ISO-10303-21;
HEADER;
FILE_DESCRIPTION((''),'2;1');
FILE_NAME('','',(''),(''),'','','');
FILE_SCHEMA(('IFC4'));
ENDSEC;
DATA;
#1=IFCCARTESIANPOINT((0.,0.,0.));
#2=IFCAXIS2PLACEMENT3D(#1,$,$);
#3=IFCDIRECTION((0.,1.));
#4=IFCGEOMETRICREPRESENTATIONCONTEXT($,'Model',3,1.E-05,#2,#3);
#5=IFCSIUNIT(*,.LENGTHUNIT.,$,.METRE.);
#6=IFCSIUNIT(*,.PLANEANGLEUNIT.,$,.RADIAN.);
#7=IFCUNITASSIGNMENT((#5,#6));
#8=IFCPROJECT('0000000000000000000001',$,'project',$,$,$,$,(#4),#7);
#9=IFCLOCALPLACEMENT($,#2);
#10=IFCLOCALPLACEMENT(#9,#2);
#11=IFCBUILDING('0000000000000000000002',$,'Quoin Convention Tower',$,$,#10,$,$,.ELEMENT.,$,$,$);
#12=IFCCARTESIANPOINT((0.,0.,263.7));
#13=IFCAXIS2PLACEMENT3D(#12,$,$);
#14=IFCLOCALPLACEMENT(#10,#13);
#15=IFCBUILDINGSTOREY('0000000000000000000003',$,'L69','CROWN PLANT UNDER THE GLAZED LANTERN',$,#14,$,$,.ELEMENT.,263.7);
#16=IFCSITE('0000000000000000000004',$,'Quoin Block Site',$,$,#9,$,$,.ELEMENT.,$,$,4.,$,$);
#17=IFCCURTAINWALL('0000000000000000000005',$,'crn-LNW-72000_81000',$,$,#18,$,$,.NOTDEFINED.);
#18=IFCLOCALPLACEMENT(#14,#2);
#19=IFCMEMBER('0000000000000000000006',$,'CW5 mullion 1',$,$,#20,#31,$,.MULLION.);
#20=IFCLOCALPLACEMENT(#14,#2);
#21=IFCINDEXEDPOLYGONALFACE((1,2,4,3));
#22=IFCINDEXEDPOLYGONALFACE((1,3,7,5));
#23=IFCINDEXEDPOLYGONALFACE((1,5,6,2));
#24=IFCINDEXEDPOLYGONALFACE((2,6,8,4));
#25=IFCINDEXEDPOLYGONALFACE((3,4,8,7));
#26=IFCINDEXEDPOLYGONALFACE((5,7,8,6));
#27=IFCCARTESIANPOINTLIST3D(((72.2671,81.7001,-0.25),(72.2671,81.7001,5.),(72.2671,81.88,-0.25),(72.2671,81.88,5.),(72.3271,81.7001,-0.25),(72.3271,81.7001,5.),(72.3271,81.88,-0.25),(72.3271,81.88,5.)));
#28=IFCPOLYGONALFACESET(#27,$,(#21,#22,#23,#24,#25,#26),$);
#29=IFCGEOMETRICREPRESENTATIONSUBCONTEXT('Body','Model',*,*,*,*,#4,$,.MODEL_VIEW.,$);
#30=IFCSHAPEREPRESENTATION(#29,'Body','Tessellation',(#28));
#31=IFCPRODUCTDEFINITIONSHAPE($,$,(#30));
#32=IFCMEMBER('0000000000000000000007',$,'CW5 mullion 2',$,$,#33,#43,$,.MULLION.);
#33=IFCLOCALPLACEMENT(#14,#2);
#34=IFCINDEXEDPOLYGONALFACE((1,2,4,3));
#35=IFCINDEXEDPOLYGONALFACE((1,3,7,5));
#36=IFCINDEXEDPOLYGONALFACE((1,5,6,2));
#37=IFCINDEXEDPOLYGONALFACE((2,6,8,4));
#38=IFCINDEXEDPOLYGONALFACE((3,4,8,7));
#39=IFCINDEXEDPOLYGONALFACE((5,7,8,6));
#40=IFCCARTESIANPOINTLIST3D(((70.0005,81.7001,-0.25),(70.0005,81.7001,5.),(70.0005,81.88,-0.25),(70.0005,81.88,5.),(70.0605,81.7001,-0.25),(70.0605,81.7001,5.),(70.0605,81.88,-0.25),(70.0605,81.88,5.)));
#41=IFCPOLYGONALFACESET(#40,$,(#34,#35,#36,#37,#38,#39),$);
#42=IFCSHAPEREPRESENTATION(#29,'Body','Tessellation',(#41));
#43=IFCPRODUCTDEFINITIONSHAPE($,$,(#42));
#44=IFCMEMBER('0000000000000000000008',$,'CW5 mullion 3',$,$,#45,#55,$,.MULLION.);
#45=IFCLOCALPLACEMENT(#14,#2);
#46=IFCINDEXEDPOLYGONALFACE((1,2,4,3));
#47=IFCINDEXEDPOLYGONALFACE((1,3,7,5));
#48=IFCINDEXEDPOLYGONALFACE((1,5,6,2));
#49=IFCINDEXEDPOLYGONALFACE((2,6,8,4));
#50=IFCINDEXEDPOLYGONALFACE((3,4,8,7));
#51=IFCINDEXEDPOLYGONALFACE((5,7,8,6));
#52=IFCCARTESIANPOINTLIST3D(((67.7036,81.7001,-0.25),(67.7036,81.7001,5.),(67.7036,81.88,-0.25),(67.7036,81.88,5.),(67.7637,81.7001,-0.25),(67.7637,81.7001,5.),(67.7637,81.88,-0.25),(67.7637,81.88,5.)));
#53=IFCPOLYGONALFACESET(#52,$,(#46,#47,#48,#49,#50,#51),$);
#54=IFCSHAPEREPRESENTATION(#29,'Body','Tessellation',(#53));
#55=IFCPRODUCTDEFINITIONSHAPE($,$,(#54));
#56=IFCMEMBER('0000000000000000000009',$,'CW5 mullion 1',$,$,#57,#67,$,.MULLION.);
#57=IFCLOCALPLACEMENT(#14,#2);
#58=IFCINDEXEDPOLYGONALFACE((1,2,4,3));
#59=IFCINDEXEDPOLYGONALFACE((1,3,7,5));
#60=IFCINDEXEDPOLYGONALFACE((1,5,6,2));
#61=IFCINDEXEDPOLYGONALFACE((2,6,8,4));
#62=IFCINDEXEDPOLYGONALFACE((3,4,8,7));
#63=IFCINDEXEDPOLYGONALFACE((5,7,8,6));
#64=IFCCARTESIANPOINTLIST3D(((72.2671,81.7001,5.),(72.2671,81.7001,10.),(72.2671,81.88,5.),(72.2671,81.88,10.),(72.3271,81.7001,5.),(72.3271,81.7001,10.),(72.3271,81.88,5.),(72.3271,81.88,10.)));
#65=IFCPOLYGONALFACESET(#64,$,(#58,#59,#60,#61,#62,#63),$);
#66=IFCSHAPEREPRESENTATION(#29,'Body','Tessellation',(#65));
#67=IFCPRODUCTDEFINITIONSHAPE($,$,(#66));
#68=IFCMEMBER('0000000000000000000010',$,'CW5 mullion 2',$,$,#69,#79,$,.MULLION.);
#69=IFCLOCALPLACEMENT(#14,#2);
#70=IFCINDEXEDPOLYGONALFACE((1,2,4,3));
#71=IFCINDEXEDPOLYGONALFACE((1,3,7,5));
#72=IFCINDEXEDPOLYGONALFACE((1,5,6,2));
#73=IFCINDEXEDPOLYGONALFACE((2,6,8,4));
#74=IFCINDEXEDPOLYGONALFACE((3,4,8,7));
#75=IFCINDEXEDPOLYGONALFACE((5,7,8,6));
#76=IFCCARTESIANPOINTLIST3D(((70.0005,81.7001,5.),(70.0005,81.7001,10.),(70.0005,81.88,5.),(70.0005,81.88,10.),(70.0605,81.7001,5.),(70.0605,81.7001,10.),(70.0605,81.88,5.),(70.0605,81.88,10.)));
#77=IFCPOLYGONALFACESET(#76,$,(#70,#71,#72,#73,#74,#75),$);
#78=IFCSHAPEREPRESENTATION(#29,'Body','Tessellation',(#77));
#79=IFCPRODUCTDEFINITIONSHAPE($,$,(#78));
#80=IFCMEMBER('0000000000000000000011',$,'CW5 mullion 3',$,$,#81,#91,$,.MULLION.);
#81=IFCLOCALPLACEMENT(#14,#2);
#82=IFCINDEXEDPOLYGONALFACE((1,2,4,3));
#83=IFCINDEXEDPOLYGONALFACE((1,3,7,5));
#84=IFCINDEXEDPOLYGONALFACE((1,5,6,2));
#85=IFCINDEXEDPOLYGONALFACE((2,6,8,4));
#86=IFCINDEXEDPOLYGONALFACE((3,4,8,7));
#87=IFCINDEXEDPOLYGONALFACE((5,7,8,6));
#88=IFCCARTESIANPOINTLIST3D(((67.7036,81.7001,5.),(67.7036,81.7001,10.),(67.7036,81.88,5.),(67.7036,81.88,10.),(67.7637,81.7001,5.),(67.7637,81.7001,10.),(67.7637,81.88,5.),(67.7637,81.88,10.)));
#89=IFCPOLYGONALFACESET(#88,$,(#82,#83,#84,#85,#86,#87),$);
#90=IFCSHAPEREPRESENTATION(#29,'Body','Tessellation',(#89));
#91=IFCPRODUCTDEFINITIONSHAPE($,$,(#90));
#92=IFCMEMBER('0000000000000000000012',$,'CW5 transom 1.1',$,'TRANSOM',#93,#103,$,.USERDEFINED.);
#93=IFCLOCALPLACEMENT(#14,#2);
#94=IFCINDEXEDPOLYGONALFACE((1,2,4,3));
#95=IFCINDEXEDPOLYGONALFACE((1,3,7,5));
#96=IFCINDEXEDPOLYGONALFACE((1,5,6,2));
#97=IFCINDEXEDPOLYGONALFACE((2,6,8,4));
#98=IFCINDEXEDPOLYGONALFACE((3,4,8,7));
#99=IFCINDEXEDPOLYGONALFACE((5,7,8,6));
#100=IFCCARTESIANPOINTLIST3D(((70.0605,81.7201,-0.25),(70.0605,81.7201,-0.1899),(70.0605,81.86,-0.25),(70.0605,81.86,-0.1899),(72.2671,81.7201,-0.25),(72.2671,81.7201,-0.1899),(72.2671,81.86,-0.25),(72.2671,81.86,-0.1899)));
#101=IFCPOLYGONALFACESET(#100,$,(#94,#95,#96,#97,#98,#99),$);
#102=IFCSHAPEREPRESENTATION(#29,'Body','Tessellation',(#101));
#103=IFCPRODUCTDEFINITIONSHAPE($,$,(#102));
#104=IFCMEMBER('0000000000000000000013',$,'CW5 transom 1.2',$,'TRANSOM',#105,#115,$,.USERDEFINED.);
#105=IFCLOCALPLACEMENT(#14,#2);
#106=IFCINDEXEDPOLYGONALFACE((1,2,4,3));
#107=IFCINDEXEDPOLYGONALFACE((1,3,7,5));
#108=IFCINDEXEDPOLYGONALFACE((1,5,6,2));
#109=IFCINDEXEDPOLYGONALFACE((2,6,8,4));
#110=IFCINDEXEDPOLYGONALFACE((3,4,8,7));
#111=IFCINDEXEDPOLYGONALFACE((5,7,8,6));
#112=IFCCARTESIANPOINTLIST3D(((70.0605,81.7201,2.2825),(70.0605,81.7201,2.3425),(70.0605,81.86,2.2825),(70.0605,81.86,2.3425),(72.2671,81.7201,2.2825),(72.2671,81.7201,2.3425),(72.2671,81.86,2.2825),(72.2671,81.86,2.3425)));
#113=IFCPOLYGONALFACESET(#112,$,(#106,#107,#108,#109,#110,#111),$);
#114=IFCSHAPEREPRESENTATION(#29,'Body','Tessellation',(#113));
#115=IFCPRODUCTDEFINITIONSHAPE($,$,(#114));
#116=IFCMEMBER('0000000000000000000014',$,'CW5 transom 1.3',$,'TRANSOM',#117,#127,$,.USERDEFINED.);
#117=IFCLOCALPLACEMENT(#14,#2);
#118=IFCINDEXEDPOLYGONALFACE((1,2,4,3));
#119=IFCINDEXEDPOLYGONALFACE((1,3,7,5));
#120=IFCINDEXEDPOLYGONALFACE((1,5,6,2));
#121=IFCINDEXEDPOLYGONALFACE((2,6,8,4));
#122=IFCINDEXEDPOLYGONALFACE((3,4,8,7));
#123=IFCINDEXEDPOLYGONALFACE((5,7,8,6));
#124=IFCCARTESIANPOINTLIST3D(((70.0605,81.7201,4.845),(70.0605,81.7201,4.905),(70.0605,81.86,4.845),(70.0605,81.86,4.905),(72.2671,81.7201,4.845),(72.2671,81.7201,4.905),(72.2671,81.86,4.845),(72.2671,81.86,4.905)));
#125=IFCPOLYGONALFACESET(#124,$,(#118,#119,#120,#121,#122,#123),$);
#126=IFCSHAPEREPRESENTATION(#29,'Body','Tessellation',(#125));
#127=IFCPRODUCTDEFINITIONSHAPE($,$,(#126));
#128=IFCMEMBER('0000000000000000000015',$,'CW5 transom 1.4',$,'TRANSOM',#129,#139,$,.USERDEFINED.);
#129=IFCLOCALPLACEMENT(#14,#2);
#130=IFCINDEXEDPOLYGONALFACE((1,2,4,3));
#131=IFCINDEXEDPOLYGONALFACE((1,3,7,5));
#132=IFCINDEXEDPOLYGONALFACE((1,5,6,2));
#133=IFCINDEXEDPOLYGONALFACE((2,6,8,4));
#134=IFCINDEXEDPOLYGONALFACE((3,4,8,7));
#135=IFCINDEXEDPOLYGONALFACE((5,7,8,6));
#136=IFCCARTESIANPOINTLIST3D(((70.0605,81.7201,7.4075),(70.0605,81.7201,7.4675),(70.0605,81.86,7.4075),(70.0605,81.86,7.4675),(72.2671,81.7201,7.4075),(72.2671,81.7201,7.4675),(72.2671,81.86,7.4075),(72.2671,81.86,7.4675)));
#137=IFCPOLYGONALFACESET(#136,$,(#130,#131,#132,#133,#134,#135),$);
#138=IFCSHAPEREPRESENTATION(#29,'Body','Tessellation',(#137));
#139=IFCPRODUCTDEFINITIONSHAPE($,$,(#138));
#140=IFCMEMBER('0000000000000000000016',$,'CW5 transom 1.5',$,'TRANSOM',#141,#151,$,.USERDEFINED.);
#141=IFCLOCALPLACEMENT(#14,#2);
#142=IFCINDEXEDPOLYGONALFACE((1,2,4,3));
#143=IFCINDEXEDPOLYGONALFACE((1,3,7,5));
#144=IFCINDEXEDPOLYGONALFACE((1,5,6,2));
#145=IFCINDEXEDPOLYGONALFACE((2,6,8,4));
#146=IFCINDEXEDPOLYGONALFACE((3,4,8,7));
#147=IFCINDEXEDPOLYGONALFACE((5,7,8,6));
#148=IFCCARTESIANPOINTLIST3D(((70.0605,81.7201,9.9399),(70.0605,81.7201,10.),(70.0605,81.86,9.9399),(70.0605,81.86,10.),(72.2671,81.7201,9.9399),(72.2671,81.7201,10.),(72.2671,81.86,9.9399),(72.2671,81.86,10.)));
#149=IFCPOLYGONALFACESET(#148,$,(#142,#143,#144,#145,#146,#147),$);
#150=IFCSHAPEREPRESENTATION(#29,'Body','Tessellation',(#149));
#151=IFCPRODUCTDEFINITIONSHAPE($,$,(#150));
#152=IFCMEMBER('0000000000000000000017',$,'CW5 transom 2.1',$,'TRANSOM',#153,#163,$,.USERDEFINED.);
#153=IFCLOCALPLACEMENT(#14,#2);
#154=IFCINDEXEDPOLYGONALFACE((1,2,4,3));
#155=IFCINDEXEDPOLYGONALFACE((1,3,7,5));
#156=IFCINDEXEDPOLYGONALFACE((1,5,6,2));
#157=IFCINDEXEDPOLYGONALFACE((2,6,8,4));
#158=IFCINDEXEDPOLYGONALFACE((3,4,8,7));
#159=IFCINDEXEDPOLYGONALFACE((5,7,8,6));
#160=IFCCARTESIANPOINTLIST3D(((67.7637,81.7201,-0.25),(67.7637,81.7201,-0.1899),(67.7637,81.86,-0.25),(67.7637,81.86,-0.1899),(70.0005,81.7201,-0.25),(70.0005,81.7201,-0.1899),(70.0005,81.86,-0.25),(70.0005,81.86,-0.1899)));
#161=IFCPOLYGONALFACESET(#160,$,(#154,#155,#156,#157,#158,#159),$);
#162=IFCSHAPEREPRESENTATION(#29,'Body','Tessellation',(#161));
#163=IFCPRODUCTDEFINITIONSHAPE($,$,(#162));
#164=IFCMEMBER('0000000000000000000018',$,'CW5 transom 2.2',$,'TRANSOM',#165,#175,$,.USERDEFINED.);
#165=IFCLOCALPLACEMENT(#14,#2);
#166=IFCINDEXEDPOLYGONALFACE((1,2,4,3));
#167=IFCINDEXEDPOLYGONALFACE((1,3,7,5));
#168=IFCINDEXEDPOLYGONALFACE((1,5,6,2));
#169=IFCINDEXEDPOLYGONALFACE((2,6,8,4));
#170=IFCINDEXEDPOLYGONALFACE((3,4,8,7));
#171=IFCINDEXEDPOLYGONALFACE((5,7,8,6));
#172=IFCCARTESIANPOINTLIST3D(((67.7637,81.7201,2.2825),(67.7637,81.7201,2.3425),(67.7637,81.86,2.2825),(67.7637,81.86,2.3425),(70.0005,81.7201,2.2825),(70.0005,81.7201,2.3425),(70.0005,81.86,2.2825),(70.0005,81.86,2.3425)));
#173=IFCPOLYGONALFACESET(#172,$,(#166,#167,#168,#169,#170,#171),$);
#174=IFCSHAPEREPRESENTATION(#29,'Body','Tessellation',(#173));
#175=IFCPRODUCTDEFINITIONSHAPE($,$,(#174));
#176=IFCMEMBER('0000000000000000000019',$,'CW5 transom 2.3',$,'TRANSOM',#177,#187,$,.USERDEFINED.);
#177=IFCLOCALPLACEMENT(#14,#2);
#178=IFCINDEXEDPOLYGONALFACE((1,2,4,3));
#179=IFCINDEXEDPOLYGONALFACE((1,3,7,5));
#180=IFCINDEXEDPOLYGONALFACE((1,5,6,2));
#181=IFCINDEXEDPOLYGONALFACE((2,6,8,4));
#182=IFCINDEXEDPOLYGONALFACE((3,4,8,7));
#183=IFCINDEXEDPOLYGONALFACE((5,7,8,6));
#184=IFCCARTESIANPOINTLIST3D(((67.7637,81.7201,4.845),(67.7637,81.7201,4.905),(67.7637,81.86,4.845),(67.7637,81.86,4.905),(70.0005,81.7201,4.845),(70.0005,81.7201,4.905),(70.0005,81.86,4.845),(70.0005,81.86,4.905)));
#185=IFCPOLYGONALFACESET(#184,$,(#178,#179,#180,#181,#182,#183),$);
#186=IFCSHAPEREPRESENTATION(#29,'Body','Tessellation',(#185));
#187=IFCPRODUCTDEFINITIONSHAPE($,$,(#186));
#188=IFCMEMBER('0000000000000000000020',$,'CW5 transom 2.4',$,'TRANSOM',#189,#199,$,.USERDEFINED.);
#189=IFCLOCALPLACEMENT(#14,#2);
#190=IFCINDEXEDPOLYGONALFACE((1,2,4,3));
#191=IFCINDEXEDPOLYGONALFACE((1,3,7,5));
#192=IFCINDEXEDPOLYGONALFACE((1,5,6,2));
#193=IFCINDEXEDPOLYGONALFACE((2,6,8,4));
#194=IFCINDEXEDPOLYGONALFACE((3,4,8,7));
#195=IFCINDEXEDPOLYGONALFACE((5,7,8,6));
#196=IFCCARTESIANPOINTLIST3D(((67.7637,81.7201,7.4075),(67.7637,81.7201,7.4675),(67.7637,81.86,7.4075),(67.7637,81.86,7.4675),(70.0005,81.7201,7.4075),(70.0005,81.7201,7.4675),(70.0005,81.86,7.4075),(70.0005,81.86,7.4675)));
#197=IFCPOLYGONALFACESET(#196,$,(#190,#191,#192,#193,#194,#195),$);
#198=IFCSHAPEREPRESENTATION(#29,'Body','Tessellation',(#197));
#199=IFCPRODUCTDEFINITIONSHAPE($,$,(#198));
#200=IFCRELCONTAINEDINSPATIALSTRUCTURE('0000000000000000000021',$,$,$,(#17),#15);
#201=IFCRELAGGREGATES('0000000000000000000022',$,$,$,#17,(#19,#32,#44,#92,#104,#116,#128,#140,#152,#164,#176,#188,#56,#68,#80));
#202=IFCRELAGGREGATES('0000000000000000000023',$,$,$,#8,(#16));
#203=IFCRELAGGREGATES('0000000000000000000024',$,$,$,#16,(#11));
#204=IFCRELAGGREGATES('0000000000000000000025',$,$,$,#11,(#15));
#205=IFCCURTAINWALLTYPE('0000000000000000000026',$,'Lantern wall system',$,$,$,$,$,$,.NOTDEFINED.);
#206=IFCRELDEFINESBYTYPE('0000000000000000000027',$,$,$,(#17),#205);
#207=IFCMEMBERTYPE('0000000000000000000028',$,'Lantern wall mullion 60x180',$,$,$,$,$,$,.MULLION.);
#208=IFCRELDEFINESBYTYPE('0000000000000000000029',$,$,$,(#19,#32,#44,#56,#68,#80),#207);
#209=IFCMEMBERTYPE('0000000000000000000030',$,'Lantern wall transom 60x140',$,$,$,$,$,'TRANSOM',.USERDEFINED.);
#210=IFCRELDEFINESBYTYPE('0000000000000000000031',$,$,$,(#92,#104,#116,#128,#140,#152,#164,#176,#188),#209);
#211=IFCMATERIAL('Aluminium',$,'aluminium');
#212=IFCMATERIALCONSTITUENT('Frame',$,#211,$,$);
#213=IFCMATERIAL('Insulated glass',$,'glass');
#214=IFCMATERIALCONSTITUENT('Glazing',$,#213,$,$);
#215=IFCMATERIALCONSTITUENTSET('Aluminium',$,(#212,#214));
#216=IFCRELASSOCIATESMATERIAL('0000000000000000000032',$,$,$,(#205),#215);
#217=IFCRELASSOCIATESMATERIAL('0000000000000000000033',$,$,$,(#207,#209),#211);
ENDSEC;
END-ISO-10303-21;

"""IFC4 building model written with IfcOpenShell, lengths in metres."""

from ifc_helpers import new_model, si_unit, direction, frame, origin, origin_2d, place, context, subcontext, project, spatial, rectangle, extrude, material, constituent, constituent_set, material_profile, profile_set, type_object, element, aggregate, save


model = new_model("IFC4")

# Units and contexts
model_context = context("Model", 3, precision=1e-05, world=origin(), true_north=direction((0.0, 1.0)))
body_context = subcontext(model_context, "Body", "Model", "MODEL_VIEW")
ifc_project = project(units=[si_unit("LENGTHUNIT", "METRE"), si_unit("PLANEANGLEUNIT", "RADIAN")], contexts=[model_context])

# Site, building, storey
site_placement = place(None, origin())
site = spatial("IfcSite", under=ifc_project, at=site_placement, Name="Quoin Block Site", CompositionType="ELEMENT", RefElevation=4.0)
building_placement = place(site_placement, origin())
building = spatial("IfcBuilding", under=site, at=building_placement, Name="Quoin Convention Tower", CompositionType="ELEMENT")
storey_placement = place(building_placement, frame((0.0, 0.0, 263.7)))
storey = spatial("IfcBuildingStorey", under=building, at=storey_placement, Name="L69", Description="CROWN PLANT UNDER THE GLAZED LANTERN", CompositionType="ELEMENT", Elevation=263.7)

# Curtain wall, members
ifc_material_1 = material(Name="Aluminium", Category="aluminium")
ifc_constituent_1 = constituent(ifc_material_1, Name="Frame")
ifc_material_2 = material(Name="Insulated glass", Category="glass")
ifc_constituent_2 = constituent(ifc_material_2, Name="Glazing")
ifc_constituent_set = constituent_set(constituents=[ifc_constituent_1, ifc_constituent_2], Name="Aluminium")
curtain_wall_type = type_object("IfcCurtainWallType", Name="Lantern wall system", PredefinedType="NOTDEFINED", material=ifc_constituent_set)
curtain_wall_placement = place(storey_placement, origin())
curtain_wall = element("IfcCurtainWall", 1, at=curtain_wall_placement, inside=storey, type_object=curtain_wall_type, Name="crn-LNW-72000_81000", PredefinedType="NOTDEFINED")
ifc_material_profile_1 = material_profile(ifc_material_1, rectangle(XDim=0.1799, YDim=0.0601, at=origin_2d()), Name="Lantern wall mullion 60x180")
ifc_profile_set_1 = profile_set([ifc_material_profile_1], Name="Aluminium")
member_type_1 = type_object("IfcMemberType", Name="Lantern wall mullion 60x180", PredefinedType="MULLION", material=ifc_profile_set_1)
member_1_placement = place(storey_placement, frame((72.2971, 81.79, -0.25), z_axis=(0.0, 0.0, 1.0), x_axis=(0.0, -1.0, 0.0)))
member_1 = element("IfcMember", 2, at=member_1_placement, type_object=member_type_1, Name="CW5 mullion 1", PredefinedType="MULLION", context=body_context, shape_type="SweptSolid", body=[
    extrude(rectangle(XDim=0.1799, YDim=0.0601, at=origin_2d()), origin(), (0.0, 0.0, 1.0), 5.25),
])
member_2_placement = place(storey_placement, frame((70.0305, 81.79, -0.25), z_axis=(0.0, 0.0, 1.0), x_axis=(0.0, -1.0, 0.0)))
member_2 = element("IfcMember", 3, at=member_2_placement, type_object=member_type_1, Name="CW5 mullion 2", PredefinedType="MULLION", context=body_context, shape_type="SweptSolid", body=[
    extrude(rectangle(XDim=0.1799, YDim=0.0601, at=origin_2d()), origin(), (0.0, 0.0, 1.0), 5.25),
])
member_3_placement = place(storey_placement, frame((67.7336, 81.79, -0.25), z_axis=(0.0, 0.0, 1.0), x_axis=(0.0, -1.0, 0.0)))
member_3 = element("IfcMember", 4, at=member_3_placement, type_object=member_type_1, Name="CW5 mullion 3", PredefinedType="MULLION", context=body_context, shape_type="SweptSolid", body=[
    extrude(rectangle(XDim=0.1799, YDim=0.0601, at=origin_2d()), origin(), (0.0, 0.0, 1.0), 5.25),
])
member_4_placement = place(storey_placement, frame((72.2971, 81.79, 5.0), z_axis=(0.0, 0.0, 1.0), x_axis=(0.0, -1.0, 0.0)))
member_4 = element("IfcMember", 5, at=member_4_placement, type_object=member_type_1, Name="CW5 mullion 1", PredefinedType="MULLION", context=body_context, shape_type="SweptSolid", body=[
    extrude(rectangle(XDim=0.1799, YDim=0.0601, at=origin_2d()), origin(), (0.0, 0.0, 1.0), 5.0),
])
member_5_placement = place(storey_placement, frame((70.0305, 81.79, 5.0), z_axis=(0.0, 0.0, 1.0), x_axis=(0.0, -1.0, 0.0)))
member_5 = element("IfcMember", 6, at=member_5_placement, type_object=member_type_1, Name="CW5 mullion 2", PredefinedType="MULLION", context=body_context, shape_type="SweptSolid", body=[
    extrude(rectangle(XDim=0.1799, YDim=0.0601, at=origin_2d()), origin(), (0.0, 0.0, 1.0), 5.0),
])
member_6_placement = place(storey_placement, frame((67.7336, 81.79, 5.0), z_axis=(0.0, 0.0, 1.0), x_axis=(0.0, -1.0, 0.0)))
member_6 = element("IfcMember", 7, at=member_6_placement, type_object=member_type_1, Name="CW5 mullion 3", PredefinedType="MULLION", context=body_context, shape_type="SweptSolid", body=[
    extrude(rectangle(XDim=0.1799, YDim=0.0601, at=origin_2d()), origin(), (0.0, 0.0, 1.0), 5.0),
])
ifc_material_profile_2 = material_profile(ifc_material_1, rectangle(XDim=0.1399, YDim=0.0601, at=origin_2d()), Name="Lantern wall transom 60x140")
ifc_profile_set_2 = profile_set([ifc_material_profile_2], Name="Aluminium")
member_type_2 = type_object("IfcMemberType", Name="Lantern wall transom 60x140", ElementType="TRANSOM", PredefinedType="USERDEFINED", material=ifc_profile_set_2)
member_7_placement = place(storey_placement, frame((72.2671, 81.79, -0.22), z_axis=(-1.0, 0.0, 0.0), x_axis=(0.0, -1.0, 0.0)))
member_7 = element("IfcMember", 8, at=member_7_placement, type_object=member_type_2, Name="CW5 transom 1.1", ObjectType="TRANSOM", PredefinedType="USERDEFINED", context=body_context, shape_type="SweptSolid", body=[
    extrude(rectangle(XDim=0.1399, YDim=0.0601, at=origin_2d()), origin(), (0.0, 0.0, 1.0), 2.2065),
])
member_8_placement = place(storey_placement, frame((72.2671, 81.79, 2.3125), z_axis=(-1.0, 0.0, 0.0), x_axis=(0.0, -1.0, 0.0)))
member_8 = element("IfcMember", 9, at=member_8_placement, type_object=member_type_2, Name="CW5 transom 1.2", ObjectType="TRANSOM", PredefinedType="USERDEFINED", context=body_context, shape_type="SweptSolid", body=[
    extrude(rectangle(XDim=0.1399, YDim=0.0601, at=origin_2d()), origin(), (0.0, 0.0, 1.0), 2.2065),
])
member_9_placement = place(storey_placement, frame((72.2671, 81.79, 4.875), z_axis=(-1.0, 0.0, 0.0), x_axis=(0.0, -1.0, 0.0)))
member_9 = element("IfcMember", 10, at=member_9_placement, type_object=member_type_2, Name="CW5 transom 1.3", ObjectType="TRANSOM", PredefinedType="USERDEFINED", context=body_context, shape_type="SweptSolid", body=[
    extrude(rectangle(XDim=0.1399, YDim=0.0601, at=origin_2d()), origin(), (0.0, 0.0, 1.0), 2.2065),
])
member_10_placement = place(storey_placement, frame((72.2671, 81.79, 7.4375), z_axis=(-1.0, 0.0, 0.0), x_axis=(0.0, -1.0, 0.0)))
member_10 = element("IfcMember", 11, at=member_10_placement, type_object=member_type_2, Name="CW5 transom 1.4", ObjectType="TRANSOM", PredefinedType="USERDEFINED", context=body_context, shape_type="SweptSolid", body=[
    extrude(rectangle(XDim=0.1399, YDim=0.0601, at=origin_2d()), origin(), (0.0, 0.0, 1.0), 2.2065),
])
member_11_placement = place(storey_placement, frame((72.2671, 81.79, 9.97), z_axis=(-1.0, 0.0, 0.0), x_axis=(0.0, -1.0, 0.0)))
member_11 = element("IfcMember", 12, at=member_11_placement, type_object=member_type_2, Name="CW5 transom 1.5", ObjectType="TRANSOM", PredefinedType="USERDEFINED", context=body_context, shape_type="SweptSolid", body=[
    extrude(rectangle(XDim=0.1399, YDim=0.0601, at=origin_2d()), origin(), (0.0, 0.0, 1.0), 2.2065),
])
member_12_placement = place(storey_placement, frame((70.0005, 81.79, -0.22), z_axis=(-1.0, 0.0, 0.0), x_axis=(0.0, -1.0, 0.0)))
member_12 = element("IfcMember", 13, at=member_12_placement, type_object=member_type_2, Name="CW5 transom 2.1", ObjectType="TRANSOM", PredefinedType="USERDEFINED", context=body_context, shape_type="SweptSolid", body=[
    extrude(rectangle(XDim=0.1399, YDim=0.0601, at=origin_2d()), origin(), (0.0, 0.0, 1.0), 2.2368),
])
member_13_placement = place(storey_placement, frame((70.0005, 81.79, 2.3125), z_axis=(-1.0, 0.0, 0.0), x_axis=(0.0, -1.0, 0.0)))
member_13 = element("IfcMember", 14, at=member_13_placement, type_object=member_type_2, Name="CW5 transom 2.2", ObjectType="TRANSOM", PredefinedType="USERDEFINED", context=body_context, shape_type="SweptSolid", body=[
    extrude(rectangle(XDim=0.1399, YDim=0.0601, at=origin_2d()), origin(), (0.0, 0.0, 1.0), 2.2368),
])
member_14_placement = place(storey_placement, frame((70.0005, 81.79, 4.875), z_axis=(-1.0, 0.0, 0.0), x_axis=(0.0, -1.0, 0.0)))
member_14 = element("IfcMember", 15, at=member_14_placement, type_object=member_type_2, Name="CW5 transom 2.3", ObjectType="TRANSOM", PredefinedType="USERDEFINED", context=body_context, shape_type="SweptSolid", body=[
    extrude(rectangle(XDim=0.1399, YDim=0.0601, at=origin_2d()), origin(), (0.0, 0.0, 1.0), 2.2368),
])
member_15_placement = place(storey_placement, frame((70.0005, 81.79, 7.4375), z_axis=(-1.0, 0.0, 0.0), x_axis=(0.0, -1.0, 0.0)))
member_15 = element("IfcMember", 16, at=member_15_placement, type_object=member_type_2, Name="CW5 transom 2.4", ObjectType="TRANSOM", PredefinedType="USERDEFINED", context=body_context, shape_type="SweptSolid", body=[
    extrude(rectangle(XDim=0.1399, YDim=0.0601, at=origin_2d()), origin(), (0.0, 0.0, 1.0), 2.2368),
])
aggregate(curtain_wall, [member_1, member_2, member_3, member_7, member_8, member_9, member_10, member_11, member_12, member_13, member_14, member_15, member_4, member_5, member_6])

save(model, "model.ifc")
